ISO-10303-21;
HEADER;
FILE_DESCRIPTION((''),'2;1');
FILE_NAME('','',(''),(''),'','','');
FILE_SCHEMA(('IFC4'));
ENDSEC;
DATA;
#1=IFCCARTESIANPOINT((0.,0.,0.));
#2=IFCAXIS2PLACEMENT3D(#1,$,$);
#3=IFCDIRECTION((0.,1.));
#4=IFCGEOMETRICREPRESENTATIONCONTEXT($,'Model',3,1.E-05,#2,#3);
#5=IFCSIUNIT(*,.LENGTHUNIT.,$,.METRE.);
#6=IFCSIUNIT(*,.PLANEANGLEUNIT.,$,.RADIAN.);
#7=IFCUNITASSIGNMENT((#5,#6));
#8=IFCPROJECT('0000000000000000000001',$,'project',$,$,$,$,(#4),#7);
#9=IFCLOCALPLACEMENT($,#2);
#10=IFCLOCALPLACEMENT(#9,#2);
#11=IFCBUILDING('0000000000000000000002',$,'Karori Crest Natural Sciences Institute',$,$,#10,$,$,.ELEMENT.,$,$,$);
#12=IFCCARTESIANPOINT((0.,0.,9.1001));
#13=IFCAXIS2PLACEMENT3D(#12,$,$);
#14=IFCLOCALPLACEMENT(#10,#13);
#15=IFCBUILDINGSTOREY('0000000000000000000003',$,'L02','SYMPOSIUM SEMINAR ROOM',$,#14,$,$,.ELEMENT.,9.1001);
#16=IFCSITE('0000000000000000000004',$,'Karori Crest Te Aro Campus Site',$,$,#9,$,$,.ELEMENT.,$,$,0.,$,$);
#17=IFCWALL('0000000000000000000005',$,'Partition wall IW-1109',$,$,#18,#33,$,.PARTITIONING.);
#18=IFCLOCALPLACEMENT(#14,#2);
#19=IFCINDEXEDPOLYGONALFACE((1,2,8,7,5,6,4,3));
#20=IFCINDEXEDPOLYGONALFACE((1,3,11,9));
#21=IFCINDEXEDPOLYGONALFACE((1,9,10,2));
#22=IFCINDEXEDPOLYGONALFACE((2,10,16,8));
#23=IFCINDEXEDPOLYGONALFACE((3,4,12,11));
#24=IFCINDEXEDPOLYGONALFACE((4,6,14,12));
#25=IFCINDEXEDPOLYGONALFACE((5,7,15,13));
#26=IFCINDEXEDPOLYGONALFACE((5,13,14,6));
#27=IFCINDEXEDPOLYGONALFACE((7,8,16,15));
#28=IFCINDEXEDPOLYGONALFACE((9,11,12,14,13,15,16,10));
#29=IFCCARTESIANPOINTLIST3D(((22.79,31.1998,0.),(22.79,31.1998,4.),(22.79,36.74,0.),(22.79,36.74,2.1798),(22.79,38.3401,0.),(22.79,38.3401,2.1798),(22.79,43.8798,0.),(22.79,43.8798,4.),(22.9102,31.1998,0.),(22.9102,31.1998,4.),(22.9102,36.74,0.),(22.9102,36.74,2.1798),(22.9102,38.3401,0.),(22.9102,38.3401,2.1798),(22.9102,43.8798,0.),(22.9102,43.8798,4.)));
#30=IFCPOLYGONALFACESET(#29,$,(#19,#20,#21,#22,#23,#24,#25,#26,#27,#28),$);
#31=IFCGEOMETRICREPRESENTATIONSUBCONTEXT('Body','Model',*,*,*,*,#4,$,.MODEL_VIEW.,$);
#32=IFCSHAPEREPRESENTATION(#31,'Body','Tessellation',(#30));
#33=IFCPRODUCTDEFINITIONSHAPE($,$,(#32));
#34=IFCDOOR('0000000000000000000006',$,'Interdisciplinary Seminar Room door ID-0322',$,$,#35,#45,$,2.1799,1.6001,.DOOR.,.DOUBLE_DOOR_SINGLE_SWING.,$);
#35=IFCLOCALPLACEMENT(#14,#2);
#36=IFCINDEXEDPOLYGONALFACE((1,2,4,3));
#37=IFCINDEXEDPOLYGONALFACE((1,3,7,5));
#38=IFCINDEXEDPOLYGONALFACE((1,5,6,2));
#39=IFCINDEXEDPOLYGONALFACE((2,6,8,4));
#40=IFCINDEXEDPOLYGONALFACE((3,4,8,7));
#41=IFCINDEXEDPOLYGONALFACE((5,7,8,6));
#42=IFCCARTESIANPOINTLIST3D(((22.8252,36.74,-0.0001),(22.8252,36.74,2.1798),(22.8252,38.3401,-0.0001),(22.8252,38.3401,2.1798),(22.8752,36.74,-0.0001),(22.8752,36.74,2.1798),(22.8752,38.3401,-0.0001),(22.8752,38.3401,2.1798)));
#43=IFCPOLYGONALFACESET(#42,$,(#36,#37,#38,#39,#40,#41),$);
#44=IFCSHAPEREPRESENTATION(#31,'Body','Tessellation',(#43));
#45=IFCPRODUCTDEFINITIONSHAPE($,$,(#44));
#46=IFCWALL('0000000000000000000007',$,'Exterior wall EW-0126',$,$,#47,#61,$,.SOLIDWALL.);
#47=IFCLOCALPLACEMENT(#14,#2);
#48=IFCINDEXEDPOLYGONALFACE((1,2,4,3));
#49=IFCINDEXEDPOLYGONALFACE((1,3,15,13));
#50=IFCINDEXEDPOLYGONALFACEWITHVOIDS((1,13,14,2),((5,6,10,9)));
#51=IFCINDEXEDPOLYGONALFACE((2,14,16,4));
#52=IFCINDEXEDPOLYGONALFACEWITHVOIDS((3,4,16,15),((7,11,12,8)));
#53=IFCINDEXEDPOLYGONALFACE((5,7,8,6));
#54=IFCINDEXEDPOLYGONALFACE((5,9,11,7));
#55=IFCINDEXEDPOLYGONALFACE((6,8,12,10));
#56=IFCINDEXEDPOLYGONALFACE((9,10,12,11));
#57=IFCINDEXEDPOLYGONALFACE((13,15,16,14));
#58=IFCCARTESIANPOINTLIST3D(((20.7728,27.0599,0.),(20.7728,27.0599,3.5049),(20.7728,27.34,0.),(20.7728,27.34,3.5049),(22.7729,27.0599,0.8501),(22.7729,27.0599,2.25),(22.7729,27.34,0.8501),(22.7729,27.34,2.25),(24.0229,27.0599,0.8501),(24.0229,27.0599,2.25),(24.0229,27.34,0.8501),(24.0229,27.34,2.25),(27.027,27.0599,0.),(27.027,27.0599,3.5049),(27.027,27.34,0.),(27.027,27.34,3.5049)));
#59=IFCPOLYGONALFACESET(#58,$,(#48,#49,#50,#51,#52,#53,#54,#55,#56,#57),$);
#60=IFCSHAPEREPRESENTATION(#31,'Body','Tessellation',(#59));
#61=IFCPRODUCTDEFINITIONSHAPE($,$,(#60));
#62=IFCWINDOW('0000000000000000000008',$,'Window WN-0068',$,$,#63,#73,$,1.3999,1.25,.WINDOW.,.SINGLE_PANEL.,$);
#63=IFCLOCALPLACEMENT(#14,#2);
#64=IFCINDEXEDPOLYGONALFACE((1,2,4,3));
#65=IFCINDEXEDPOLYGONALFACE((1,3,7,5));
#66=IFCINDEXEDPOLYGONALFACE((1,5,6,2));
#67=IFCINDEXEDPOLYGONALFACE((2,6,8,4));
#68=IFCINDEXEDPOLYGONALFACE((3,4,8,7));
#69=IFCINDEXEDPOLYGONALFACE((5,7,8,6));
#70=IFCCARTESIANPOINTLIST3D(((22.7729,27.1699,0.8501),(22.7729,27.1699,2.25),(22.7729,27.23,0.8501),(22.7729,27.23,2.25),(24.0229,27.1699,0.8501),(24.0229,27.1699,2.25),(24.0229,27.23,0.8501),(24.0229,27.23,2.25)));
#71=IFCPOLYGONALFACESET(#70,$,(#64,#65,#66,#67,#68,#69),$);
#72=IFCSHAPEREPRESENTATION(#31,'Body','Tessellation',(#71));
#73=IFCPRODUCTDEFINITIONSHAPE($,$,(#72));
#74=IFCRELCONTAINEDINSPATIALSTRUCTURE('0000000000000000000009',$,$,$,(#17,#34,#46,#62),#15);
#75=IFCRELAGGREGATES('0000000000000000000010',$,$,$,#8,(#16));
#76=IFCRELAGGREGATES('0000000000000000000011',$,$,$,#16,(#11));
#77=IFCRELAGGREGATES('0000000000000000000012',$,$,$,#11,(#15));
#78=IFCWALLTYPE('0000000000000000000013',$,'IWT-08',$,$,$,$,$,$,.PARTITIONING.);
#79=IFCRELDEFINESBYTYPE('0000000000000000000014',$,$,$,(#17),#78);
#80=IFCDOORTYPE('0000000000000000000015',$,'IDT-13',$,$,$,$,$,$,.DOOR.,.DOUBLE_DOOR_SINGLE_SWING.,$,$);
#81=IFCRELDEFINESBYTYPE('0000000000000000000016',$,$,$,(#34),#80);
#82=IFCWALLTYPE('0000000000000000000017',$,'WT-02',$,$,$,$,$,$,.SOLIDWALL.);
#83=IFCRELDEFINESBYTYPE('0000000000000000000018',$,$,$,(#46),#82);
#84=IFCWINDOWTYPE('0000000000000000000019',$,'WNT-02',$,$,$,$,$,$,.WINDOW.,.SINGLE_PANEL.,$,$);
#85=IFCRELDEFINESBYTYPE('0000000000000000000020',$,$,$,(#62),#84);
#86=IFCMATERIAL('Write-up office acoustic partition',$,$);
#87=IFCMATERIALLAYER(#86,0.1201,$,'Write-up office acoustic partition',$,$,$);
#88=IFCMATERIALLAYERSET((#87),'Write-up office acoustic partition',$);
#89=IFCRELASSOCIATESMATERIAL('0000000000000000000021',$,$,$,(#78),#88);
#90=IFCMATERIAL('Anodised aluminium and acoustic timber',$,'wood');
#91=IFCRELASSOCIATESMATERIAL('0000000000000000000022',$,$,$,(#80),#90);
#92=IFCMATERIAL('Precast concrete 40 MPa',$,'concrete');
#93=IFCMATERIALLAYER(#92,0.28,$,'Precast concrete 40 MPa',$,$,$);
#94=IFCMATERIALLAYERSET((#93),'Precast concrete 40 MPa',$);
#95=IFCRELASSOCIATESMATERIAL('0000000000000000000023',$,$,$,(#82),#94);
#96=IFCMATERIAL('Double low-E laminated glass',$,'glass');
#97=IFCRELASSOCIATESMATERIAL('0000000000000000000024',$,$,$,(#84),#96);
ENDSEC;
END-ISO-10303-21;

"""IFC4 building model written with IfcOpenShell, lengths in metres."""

from ifc_helpers import new_model, si_unit, direction, frame, frame_2d, origin, place, context, subcontext, project, spatial, rectangle, extrude, material, layer, layer_set, type_object, element, fill, save


model = new_model("IFC4")

# Units and contexts
model_context = context("Model", 3, precision=1e-05, world=origin(), true_north=direction((0.0, 1.0)))
body_context = subcontext(model_context, "Body", "Model", "MODEL_VIEW")
ifc_project = project(units=[si_unit("LENGTHUNIT", "METRE"), si_unit("PLANEANGLEUNIT", "RADIAN")], contexts=[model_context])

# Site, building, storey
site_placement = place(None, origin())
site = spatial("IfcSite", under=ifc_project, at=site_placement, Name="Karori Crest Te Aro Campus Site", CompositionType="ELEMENT", RefElevation=0.0)
building_placement = place(site_placement, origin())
building = spatial("IfcBuilding", under=site, at=building_placement, Name="Karori Crest Natural Sciences Institute", CompositionType="ELEMENT")
storey_placement = place(building_placement, frame((0.0, 0.0, 9.1001)))
storey = spatial("IfcBuildingStorey", under=building, at=storey_placement, Name="L02", Description="SYMPOSIUM SEMINAR ROOM", CompositionType="ELEMENT", Elevation=9.1001)

# Shared definitions
ifc_material_1 = material(Name="Double low-E laminated glass", Category="glass")

# Shared definitions
ifc_material_2 = material(Name="Write-up office acoustic partition")
ifc_layer_1 = layer(ifc_material_2, 0.1201, Name="Write-up office acoustic partition")
ifc_layer_set_1 = layer_set([ifc_layer_1], Name="Write-up office acoustic partition")
wall_type_1 = type_object("IfcWallType", Name="IWT-08", PredefinedType="PARTITIONING", material=ifc_layer_set_1)

# Wall, opening, door
wall_1_placement = place(storey_placement, frame((22.8501, 31.2, 0.0), z_axis=(0.0, 0.0, 1.0), x_axis=(0.0, 1.0, 0.0)))
wall_1 = element("IfcWall", 1, at=wall_1_placement, inside=storey, type_object=wall_type_1, Name="Partition wall IW-1109", PredefinedType="PARTITIONING", context=body_context, shape_type="SweptSolid", body=[
    extrude(rectangle(XDim=12.6799, YDim=0.1201, at=frame_2d((6.3398, 0.0))), origin(), (0.0, 0.0, 1.0), 4.0),
])
opening_1_placement = place(wall_1_placement, frame((5.54, 0.0, 0.0)))
opening_1 = element("IfcOpeningElement", 2, at=opening_1_placement, cuts=wall_1, PredefinedType="OPENING", context=body_context, shape_type="SweptSolid", body=[
    extrude(rectangle(XDim=1.6001, YDim=2.1799, at=frame_2d((0.8, 1.0898))), frame((0.0, 0.0701, 0.0), z_axis=(0.0, -1.0, 0.0), x_axis=(1.0, 0.0, 0.0)), (0.0, 0.0, 1.0), 0.1401),
])
ifc_material_3 = material(Name="Anodised aluminium and acoustic timber", Category="wood")
door_type = type_object("IfcDoorType", Name="IDT-13", OperationType="DOUBLE_DOOR_SINGLE_SWING", PredefinedType="DOOR", material=ifc_material_3)
door_placement = place(opening_1_placement, origin())
door = element("IfcDoor", 3, at=door_placement, inside=storey, type_object=door_type, Name="Interdisciplinary Seminar Room door ID-0322", OperationType="DOUBLE_DOOR_SINGLE_SWING", OverallHeight=2.1799, OverallWidth=1.6001, PredefinedType="DOOR", context=body_context, shape_type="SweptSolid", body=[
    extrude(rectangle(XDim=1.6001, YDim=2.1799, at=frame_2d((0.8, 1.0898))), frame((0.0, 0.0249, 0.0), z_axis=(0.0, -1.0, 0.0), x_axis=(1.0, 0.0, 0.0)), (0.0, 0.0, 1.0), 0.05),
])
fill(opening_1, door)

# Wall, opening, window
ifc_material_4 = material(Name="Precast concrete 40 MPa", Category="concrete")
ifc_layer_2 = layer(ifc_material_4, 0.28, Name="Precast concrete 40 MPa")
ifc_layer_set_2 = layer_set([ifc_layer_2], Name="Precast concrete 40 MPa")
wall_type_2 = type_object("IfcWallType", Name="WT-02", PredefinedType="SOLIDWALL", material=ifc_layer_set_2)
wall_2_placement = place(storey_placement, frame((20.7729, 27.2, 0.0), z_axis=(0.0, 0.0, 1.0), x_axis=(1.0, 0.0, 0.0)))
wall_2 = element("IfcWall", 4, at=wall_2_placement, inside=storey, type_object=wall_type_2, Name="Exterior wall EW-0126", PredefinedType="SOLIDWALL", context=body_context, shape_type="SweptSolid", body=[
    extrude(rectangle(XDim=6.2542, YDim=0.28, at=frame_2d((3.127, 0.0))), origin(), (0.0, 0.0, 1.0), 3.5049),
])
opening_2_placement = place(wall_2_placement, frame((2.0, 0.0, 0.8501)))
opening_2 = element("IfcOpeningElement", 5, at=opening_2_placement, cuts=wall_2, PredefinedType="OPENING", context=body_context, shape_type="SweptSolid", body=[
    extrude(rectangle(XDim=1.25, YDim=1.3999, at=frame_2d((0.625, 0.7))), frame((0.0, 0.1499, 0.0), z_axis=(0.0, -1.0, 0.0), x_axis=(1.0, 0.0, 0.0)), (0.0, 0.0, 1.0), 0.3),
])
window_type = type_object("IfcWindowType", Name="WNT-02", PartitioningType="SINGLE_PANEL", PredefinedType="WINDOW", material=ifc_material_1)
window_placement = place(opening_2_placement, origin())
window = element("IfcWindow", 6, at=window_placement, inside=storey, type_object=window_type, Name="Window WN-0068", OverallHeight=1.3999, OverallWidth=1.25, PartitioningType="SINGLE_PANEL", PredefinedType="WINDOW", context=body_context, shape_type="SweptSolid", body=[
    extrude(rectangle(XDim=1.25, YDim=1.3999, at=frame_2d((0.625, 0.7))), frame((0.0, 0.03, 0.0), z_axis=(0.0, -1.0, 0.0), x_axis=(1.0, 0.0, 0.0)), (0.0, 0.0, 1.0), 0.0601),
])
fill(opening_2, window)

save(model, "model.ifc")
